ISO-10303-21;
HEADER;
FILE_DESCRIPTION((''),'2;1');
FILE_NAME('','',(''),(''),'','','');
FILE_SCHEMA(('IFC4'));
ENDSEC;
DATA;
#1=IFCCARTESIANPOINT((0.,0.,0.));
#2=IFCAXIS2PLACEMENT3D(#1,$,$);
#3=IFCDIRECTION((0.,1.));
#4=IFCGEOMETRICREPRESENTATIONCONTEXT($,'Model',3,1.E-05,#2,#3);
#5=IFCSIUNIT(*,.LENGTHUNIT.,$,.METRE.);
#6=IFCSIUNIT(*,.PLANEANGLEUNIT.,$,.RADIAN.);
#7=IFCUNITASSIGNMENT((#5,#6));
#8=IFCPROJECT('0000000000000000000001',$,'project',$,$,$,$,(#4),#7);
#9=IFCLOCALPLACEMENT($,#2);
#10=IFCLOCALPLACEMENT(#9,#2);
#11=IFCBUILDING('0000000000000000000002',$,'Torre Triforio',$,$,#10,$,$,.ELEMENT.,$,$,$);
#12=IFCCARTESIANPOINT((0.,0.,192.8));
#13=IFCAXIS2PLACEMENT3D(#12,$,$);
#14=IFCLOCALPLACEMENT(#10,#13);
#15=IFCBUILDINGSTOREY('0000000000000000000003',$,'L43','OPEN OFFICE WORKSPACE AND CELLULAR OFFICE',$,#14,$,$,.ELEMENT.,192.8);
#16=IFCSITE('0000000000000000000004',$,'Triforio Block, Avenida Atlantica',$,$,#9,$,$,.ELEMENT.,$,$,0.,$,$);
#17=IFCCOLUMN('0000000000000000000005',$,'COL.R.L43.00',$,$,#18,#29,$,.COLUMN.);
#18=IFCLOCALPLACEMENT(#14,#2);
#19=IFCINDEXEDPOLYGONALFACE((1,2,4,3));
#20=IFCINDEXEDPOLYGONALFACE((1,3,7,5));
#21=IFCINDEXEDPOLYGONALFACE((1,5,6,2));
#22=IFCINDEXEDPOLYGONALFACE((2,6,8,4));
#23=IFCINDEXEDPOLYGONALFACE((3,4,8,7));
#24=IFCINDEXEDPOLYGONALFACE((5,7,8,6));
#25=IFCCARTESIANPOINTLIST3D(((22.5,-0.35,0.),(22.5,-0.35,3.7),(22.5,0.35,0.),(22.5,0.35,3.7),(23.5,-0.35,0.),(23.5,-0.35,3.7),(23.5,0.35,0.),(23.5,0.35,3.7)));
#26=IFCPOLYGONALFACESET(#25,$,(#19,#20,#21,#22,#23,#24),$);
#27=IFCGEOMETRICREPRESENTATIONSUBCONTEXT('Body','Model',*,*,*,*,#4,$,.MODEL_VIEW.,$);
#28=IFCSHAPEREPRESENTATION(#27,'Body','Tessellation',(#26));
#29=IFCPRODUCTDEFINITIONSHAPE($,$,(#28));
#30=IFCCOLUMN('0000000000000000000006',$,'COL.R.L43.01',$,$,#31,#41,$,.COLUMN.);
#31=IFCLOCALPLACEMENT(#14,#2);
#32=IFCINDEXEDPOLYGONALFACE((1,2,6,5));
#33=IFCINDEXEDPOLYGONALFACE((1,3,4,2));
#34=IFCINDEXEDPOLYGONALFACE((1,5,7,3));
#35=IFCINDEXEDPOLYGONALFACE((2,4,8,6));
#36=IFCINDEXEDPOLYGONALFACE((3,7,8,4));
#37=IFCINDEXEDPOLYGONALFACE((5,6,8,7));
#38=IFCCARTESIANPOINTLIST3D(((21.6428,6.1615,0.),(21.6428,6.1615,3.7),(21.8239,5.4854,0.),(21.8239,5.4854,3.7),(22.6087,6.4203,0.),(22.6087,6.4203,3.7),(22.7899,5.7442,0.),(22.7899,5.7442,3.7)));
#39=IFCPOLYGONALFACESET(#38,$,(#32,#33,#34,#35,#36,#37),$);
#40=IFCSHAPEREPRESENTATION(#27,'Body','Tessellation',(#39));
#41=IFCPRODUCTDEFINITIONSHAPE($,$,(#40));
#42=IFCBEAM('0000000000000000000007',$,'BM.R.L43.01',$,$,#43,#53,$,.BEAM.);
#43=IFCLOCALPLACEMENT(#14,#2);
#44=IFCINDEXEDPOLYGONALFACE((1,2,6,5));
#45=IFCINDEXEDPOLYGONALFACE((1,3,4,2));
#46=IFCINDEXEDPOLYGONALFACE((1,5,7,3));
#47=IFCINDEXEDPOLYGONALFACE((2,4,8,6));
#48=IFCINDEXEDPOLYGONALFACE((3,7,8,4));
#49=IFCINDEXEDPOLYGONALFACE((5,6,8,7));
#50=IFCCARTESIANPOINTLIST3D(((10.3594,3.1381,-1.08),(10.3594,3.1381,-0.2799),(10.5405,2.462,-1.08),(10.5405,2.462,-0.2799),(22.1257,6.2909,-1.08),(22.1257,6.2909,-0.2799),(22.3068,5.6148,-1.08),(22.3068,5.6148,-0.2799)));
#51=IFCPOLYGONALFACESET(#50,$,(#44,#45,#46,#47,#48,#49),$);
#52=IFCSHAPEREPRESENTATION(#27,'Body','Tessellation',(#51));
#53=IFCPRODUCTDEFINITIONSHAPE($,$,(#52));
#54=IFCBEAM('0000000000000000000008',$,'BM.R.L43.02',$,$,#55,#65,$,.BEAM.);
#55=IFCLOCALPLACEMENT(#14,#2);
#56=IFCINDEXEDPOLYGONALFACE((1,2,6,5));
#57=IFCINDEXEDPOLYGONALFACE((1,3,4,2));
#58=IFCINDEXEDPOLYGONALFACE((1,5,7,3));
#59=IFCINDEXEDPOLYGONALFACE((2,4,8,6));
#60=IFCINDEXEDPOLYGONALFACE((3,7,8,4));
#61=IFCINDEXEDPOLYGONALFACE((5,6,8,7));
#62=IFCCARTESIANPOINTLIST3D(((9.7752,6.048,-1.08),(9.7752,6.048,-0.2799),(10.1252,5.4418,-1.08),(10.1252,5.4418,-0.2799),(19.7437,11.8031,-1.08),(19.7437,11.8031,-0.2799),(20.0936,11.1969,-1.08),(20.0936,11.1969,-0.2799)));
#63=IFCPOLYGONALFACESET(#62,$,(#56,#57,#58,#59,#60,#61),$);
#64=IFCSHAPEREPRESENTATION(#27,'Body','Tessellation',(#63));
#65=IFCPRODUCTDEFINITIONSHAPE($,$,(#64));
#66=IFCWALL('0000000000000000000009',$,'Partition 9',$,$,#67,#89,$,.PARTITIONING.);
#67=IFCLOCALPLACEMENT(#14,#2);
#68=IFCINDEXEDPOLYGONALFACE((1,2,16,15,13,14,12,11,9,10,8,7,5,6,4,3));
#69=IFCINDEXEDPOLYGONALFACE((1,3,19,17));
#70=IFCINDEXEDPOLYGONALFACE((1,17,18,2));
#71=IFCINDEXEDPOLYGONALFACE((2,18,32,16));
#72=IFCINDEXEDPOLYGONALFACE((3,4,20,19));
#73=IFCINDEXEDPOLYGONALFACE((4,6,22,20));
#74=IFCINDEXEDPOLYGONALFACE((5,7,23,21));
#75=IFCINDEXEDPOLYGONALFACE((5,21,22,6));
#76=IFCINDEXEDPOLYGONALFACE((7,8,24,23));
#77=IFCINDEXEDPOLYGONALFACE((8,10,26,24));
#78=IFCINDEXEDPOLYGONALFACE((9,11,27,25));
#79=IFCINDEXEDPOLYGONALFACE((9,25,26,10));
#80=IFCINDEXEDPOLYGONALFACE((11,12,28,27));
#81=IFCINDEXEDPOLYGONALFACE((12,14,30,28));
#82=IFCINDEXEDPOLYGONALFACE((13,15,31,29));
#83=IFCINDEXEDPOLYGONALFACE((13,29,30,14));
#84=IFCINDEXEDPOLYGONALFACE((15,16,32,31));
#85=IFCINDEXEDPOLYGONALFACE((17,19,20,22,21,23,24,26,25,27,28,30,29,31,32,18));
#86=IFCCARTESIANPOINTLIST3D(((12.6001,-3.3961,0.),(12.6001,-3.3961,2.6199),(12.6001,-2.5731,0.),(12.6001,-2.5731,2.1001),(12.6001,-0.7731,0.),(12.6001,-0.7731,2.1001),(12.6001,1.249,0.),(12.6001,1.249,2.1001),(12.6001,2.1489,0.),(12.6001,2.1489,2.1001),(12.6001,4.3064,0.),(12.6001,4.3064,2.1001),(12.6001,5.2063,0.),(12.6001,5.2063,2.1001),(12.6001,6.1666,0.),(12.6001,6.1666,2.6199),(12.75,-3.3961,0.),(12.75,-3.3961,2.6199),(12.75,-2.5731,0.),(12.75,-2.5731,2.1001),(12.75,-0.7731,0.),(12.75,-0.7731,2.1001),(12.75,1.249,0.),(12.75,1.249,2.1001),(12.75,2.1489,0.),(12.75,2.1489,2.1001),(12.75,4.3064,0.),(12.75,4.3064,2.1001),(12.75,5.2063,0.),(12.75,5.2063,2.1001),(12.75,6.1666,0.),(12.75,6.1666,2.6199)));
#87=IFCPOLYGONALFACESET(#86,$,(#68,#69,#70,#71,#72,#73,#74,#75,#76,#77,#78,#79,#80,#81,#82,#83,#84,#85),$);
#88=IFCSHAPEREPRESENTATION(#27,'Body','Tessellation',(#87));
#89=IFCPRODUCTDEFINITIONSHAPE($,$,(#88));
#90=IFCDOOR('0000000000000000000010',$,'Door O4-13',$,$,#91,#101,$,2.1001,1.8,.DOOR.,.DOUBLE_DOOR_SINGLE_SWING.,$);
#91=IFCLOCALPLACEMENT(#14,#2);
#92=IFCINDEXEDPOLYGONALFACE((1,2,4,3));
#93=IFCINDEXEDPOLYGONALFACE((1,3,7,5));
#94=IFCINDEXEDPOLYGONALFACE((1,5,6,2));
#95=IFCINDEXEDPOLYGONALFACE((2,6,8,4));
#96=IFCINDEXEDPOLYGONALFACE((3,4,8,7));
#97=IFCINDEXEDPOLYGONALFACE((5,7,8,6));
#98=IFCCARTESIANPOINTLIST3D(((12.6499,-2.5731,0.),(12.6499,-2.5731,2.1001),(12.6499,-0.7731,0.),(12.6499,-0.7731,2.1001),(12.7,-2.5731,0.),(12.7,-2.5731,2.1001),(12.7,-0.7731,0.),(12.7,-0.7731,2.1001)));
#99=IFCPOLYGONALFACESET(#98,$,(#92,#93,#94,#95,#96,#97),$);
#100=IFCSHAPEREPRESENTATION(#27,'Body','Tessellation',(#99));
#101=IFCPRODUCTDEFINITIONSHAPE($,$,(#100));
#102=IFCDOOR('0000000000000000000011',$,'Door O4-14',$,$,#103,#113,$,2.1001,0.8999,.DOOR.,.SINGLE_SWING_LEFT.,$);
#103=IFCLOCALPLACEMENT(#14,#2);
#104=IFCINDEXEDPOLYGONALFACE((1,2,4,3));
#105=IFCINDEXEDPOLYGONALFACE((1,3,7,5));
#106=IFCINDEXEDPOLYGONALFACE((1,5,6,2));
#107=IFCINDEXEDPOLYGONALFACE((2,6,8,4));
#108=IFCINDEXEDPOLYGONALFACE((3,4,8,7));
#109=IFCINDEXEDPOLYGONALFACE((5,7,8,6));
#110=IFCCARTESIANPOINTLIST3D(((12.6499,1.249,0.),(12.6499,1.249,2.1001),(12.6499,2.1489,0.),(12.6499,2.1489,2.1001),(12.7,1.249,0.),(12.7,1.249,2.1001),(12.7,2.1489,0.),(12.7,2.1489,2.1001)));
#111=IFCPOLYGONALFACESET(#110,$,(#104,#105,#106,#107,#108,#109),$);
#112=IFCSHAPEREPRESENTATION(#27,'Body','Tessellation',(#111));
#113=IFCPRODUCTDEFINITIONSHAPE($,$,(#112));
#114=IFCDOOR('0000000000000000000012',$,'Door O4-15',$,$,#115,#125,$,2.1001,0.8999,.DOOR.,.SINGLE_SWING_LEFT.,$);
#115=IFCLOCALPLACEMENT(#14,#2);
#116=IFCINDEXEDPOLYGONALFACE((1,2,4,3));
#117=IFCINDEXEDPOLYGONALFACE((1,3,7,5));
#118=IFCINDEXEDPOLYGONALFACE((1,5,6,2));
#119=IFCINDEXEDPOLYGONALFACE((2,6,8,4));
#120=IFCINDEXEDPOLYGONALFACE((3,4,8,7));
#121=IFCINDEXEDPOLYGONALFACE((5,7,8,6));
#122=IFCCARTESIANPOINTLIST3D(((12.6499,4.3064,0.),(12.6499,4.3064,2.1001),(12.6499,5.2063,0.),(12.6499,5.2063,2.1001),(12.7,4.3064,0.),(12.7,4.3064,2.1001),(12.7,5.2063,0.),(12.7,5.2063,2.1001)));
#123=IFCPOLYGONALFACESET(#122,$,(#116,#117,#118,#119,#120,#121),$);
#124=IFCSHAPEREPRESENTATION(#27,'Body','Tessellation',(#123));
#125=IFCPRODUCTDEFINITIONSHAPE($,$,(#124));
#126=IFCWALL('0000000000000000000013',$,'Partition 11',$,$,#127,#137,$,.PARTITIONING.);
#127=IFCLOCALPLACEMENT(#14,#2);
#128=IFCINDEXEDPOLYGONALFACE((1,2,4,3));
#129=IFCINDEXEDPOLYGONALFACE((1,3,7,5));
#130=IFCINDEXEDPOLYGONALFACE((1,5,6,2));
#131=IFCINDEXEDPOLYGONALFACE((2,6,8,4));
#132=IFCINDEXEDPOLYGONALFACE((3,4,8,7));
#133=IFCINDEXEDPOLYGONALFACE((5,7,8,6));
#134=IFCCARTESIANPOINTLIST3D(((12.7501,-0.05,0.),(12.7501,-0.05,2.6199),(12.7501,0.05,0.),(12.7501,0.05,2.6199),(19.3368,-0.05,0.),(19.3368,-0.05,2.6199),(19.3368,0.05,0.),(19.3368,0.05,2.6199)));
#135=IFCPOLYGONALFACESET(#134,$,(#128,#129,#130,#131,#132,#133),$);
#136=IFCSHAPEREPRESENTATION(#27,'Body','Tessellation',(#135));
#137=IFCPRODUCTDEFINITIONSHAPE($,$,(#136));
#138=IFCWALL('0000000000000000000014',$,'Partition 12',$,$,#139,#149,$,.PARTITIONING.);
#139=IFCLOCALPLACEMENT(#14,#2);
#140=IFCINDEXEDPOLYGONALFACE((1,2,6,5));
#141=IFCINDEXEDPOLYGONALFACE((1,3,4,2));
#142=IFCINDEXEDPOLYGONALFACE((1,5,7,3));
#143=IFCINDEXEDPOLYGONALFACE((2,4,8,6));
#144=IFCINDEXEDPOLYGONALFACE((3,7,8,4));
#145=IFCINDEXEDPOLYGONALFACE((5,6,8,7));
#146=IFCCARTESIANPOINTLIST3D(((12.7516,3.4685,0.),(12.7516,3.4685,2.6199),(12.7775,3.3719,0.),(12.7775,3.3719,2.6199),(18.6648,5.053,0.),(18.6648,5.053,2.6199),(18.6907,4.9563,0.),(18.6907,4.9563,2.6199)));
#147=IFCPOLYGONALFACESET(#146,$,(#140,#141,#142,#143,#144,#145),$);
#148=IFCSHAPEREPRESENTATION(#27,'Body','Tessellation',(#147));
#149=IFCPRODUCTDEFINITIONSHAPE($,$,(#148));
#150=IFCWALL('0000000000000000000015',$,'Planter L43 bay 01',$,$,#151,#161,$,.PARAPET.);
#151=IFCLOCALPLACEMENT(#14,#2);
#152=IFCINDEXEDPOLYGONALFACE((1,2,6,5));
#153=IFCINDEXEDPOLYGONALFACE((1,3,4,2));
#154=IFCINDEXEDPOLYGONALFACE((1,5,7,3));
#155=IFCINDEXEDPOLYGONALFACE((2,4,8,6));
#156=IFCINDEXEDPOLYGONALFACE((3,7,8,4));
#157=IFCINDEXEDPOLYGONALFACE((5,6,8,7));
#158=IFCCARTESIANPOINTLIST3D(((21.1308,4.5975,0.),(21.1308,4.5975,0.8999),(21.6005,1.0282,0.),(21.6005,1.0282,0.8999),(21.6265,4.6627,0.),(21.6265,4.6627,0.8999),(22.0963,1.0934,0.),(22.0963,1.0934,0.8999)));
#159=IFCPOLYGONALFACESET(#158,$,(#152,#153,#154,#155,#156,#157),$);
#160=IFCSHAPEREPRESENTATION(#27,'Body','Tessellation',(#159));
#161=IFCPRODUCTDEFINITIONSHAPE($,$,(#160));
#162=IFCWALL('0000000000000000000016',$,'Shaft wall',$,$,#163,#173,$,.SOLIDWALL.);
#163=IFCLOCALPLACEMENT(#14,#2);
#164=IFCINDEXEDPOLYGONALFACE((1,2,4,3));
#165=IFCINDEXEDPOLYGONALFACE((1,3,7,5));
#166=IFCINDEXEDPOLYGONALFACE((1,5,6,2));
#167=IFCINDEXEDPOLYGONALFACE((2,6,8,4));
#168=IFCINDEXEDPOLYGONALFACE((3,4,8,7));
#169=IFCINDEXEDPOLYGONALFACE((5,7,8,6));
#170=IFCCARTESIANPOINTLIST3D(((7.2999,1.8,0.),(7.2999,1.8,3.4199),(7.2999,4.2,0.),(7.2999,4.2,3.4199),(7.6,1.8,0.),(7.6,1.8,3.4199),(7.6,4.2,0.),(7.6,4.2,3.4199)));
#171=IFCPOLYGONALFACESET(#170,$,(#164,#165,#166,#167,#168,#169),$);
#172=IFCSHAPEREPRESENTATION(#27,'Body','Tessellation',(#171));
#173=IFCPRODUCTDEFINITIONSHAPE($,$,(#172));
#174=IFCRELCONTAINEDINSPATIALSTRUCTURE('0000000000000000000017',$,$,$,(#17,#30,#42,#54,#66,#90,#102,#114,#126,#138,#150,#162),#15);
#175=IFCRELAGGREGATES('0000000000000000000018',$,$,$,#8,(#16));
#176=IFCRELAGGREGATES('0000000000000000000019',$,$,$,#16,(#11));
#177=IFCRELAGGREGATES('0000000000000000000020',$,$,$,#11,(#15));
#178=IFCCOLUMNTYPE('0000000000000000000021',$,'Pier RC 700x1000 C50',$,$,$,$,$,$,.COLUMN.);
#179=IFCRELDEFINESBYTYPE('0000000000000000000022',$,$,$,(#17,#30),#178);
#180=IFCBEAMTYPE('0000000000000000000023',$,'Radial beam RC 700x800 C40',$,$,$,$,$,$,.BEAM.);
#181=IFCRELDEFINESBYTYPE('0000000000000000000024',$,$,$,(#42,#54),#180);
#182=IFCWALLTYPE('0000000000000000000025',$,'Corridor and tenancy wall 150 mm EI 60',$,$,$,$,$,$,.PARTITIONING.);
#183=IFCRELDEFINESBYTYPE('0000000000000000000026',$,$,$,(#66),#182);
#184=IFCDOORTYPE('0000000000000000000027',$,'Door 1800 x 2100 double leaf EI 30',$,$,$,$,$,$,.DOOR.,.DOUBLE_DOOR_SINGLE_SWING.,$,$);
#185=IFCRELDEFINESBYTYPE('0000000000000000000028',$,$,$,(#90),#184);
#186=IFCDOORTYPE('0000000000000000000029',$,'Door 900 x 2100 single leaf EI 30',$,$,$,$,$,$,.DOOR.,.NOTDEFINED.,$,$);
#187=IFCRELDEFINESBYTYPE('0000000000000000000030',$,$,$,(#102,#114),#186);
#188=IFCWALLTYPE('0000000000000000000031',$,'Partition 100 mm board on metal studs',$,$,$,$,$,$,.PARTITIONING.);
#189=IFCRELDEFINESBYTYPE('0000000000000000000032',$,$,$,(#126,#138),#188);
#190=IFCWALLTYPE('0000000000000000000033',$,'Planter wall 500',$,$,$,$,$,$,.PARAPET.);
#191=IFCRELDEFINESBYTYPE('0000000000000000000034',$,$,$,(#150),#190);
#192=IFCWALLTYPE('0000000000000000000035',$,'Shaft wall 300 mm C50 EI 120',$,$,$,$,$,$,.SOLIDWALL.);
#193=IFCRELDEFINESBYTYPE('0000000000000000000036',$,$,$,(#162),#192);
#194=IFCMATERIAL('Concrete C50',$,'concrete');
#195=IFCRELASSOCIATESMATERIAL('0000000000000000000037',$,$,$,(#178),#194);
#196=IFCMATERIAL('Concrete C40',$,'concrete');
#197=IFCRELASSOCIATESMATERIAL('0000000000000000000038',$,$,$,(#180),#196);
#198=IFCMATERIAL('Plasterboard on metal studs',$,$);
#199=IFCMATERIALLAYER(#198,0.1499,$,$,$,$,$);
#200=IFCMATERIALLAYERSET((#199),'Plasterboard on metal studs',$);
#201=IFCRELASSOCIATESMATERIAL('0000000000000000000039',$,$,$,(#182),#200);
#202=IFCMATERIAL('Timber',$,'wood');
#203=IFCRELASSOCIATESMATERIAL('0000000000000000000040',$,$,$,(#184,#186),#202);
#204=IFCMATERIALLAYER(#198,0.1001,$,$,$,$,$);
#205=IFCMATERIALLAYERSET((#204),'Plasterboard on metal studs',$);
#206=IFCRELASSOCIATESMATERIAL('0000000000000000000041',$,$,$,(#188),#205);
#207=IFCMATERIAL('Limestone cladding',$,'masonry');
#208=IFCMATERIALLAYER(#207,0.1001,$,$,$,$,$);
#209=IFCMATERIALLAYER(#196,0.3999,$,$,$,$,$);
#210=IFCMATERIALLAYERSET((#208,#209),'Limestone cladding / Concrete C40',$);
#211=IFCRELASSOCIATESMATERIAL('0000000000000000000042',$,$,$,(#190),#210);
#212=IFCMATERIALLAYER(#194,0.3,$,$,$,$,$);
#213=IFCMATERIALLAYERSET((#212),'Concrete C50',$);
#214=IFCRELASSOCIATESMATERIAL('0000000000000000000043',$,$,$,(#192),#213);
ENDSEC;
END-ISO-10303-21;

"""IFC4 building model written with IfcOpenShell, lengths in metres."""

from ifc_helpers import new_model, si_unit, direction, frame, frame_2d, origin, origin_2d, place, context, subcontext, project, spatial, rectangle, extrude, material, layer, layer_set, material_profile, profile_set, type_object, element, fill, save


model = new_model("IFC4")

# Units and contexts
model_context = context("Model", 3, precision=1e-05, world=origin(), true_north=direction((0.0, 1.0)))
body_context = subcontext(model_context, "Body", "Model", "MODEL_VIEW")
ifc_project = project(units=[si_unit("LENGTHUNIT", "METRE"), si_unit("PLANEANGLEUNIT", "RADIAN")], contexts=[model_context])

# Site, building, storey
site_placement = place(None, origin())
site = spatial("IfcSite", under=ifc_project, at=site_placement, Name="Triforio Block, Avenida Atlantica", CompositionType="ELEMENT", RefElevation=0.0)
building_placement = place(site_placement, origin())
building = spatial("IfcBuilding", under=site, at=building_placement, Name="Torre Triforio", CompositionType="ELEMENT")
storey_placement = place(building_placement, frame((0.0, 0.0, 192.8)))
storey = spatial("IfcBuildingStorey", under=building, at=storey_placement, Name="L43", Description="OPEN OFFICE WORKSPACE AND CELLULAR OFFICE", CompositionType="ELEMENT", Elevation=192.8)

# Columns
ifc_material_1 = material(Name="Concrete C50", Category="concrete")
ifc_material_profile_1 = material_profile(ifc_material_1, rectangle(XDim=0.7, YDim=1.0, at=origin_2d()), Name="RC 700x1000")
ifc_profile_set_1 = profile_set([ifc_material_profile_1], Name="Concrete C50")
column_type = type_object("IfcColumnType", Name="Pier RC 700x1000 C50", PredefinedType="COLUMN", material=ifc_profile_set_1)
for number, where, z_axis, x_axis, name in (
    (1, (23.0, 0.0, 0.0), (0.0, 0.0, 1.0), (0.0, 1.0, 0.0), "COL.R.L43.00"),
    (2, (22.2163, 5.9529, 0.0), (0.0, 0.0, 1.0), (-0.258819, 0.965926, 0.0), "COL.R.L43.01"),
):
    element("IfcColumn", number, at=place(storey_placement, frame(where, z_axis=z_axis, x_axis=x_axis)), inside=storey, type_object=column_type, Name=name, PredefinedType="COLUMN", context=body_context, shape_type="SweptSolid", body=[
        extrude(rectangle(XDim=0.7, YDim=1.0, at=origin_2d()), origin(), (0.0, 0.0, 1.0), 3.7),
    ])

# Beams
ifc_material_2 = material(Name="Concrete C40", Category="concrete")
ifc_material_profile_2 = material_profile(ifc_material_2, rectangle(XDim=0.7, YDim=0.8, at=origin_2d()), Name="RC 700x800")
ifc_profile_set_2 = profile_set([ifc_material_profile_2], Name="Concrete C40")
beam_type = type_object("IfcBeamType", Name="Radial beam RC 700x800 C40", PredefinedType="BEAM", material=ifc_profile_set_2)
beam_1_placement = place(storey_placement, frame((10.45, 2.8, -0.6799), z_axis=(0.965925, 0.258823, 0.0), x_axis=(-0.258823, 0.965925, 0.0)))
element("IfcBeam", 3, at=beam_1_placement, inside=storey, type_object=beam_type, Name="BM.R.L43.01", PredefinedType="BEAM", context=body_context, shape_type="SweptSolid", body=[
    extrude(rectangle(XDim=0.7, YDim=0.8, at=origin_2d()), origin(), (0.0, 0.0, 1.0), 12.1814),
])
beam_2_placement = place(storey_placement, frame((9.9502, 5.7449, -0.6799), z_axis=(0.866033, 0.499987, 0.0), x_axis=(-0.499987, 0.866033, 0.0)))
element("IfcBeam", 4, at=beam_2_placement, inside=storey, type_object=beam_type, Name="BM.R.L43.02", PredefinedType="BEAM", context=body_context, shape_type="SweptSolid", body=[
    extrude(rectangle(XDim=0.7, YDim=0.8, at=origin_2d()), origin(), (0.0, 0.0, 1.0), 11.5105),
])

# Wall, openings, doors
ifc_material_3 = material(Name="Plasterboard on metal studs")
ifc_layer_1 = layer(ifc_material_3, 0.1499)
ifc_layer_set_1 = layer_set([ifc_layer_1], Name="Plasterboard on metal studs")
wall_type_1 = type_object("IfcWallType", Name="Corridor and tenancy wall 150 mm EI 60", PredefinedType="PARTITIONING", material=ifc_layer_set_1)
wall_1_placement = place(storey_placement, frame((12.675, 6.1665, 0.0), z_axis=(0.0, 0.0, 1.0), x_axis=(0.0, -1.0, 0.0)))
wall_1 = element("IfcWall", 5, at=wall_1_placement, inside=storey, type_object=wall_type_1, Name="Partition 9", PredefinedType="PARTITIONING", context=body_context, shape_type="SweptSolid", body=[
    extrude(rectangle(XDim=9.5627, YDim=0.1499, at=frame_2d((4.7812, 0.0))), origin(), (0.0, 0.0, 1.0), 2.6199),
])
opening_1_placement = place(wall_1_placement, frame((6.9397, 0.0, 0.0)))
opening_1 = element("IfcOpeningElement", 6, at=opening_1_placement, cuts=wall_1, PredefinedType="OPENING", context=body_context, shape_type="SweptSolid", body=[
    extrude(rectangle(XDim=1.8, YDim=2.1001, at=frame_2d((0.8999, 1.05))), frame((0.0, 0.085, 0.0), z_axis=(0.0, -1.0, 0.0), x_axis=(1.0, 0.0, 0.0)), (0.0, 0.0, 1.0), 0.1699),
])
opening_2_placement = place(wall_1_placement, frame((4.0176, 0.0, 0.0)))
opening_2 = element("IfcOpeningElement", 7, at=opening_2_placement, cuts=wall_1, PredefinedType="OPENING", context=body_context, shape_type="SweptSolid", body=[
    extrude(rectangle(XDim=0.8999, YDim=2.1001, at=frame_2d((0.45, 1.05))), frame((0.0, 0.085, 0.0), z_axis=(0.0, -1.0, 0.0), x_axis=(1.0, 0.0, 0.0)), (0.0, 0.0, 1.0), 0.1699),
])
opening_3_placement = place(wall_1_placement, frame((0.9602, 0.0, 0.0)))
opening_3 = element("IfcOpeningElement", 8, at=opening_3_placement, cuts=wall_1, PredefinedType="OPENING", context=body_context, shape_type="SweptSolid", body=[
    extrude(rectangle(XDim=0.8999, YDim=2.1001, at=frame_2d((0.45, 1.05))), frame((0.0, 0.085, 0.0), z_axis=(0.0, -1.0, 0.0), x_axis=(1.0, 0.0, 0.0)), (0.0, 0.0, 1.0), 0.1699),
])
ifc_material_4 = material(Name="Timber", Category="wood")
door_type_1 = type_object("IfcDoorType", Name="Door 1800 x 2100 double leaf EI 30", OperationType="DOUBLE_DOOR_SINGLE_SWING", PredefinedType="DOOR", material=ifc_material_4)
door_1_placement = place(opening_1_placement, origin())
door_1 = element("IfcDoor", 9, at=door_1_placement, inside=storey, type_object=door_type_1, Name="Door O4-13", OperationType="DOUBLE_DOOR_SINGLE_SWING", OverallHeight=2.1001, OverallWidth=1.8, PredefinedType="DOOR", context=body_context, shape_type="SweptSolid", body=[
    extrude(rectangle(XDim=1.8, YDim=2.1001, at=frame_2d((0.8999, 1.05))), frame((0.0, 0.0249, 0.0), z_axis=(0.0, -1.0, 0.0), x_axis=(1.0, 0.0, 0.0)), (0.0, 0.0, 1.0), 0.05),
])
fill(opening_1, door_1)
door_type_2 = type_object("IfcDoorType", Name="Door 900 x 2100 single leaf EI 30", OperationType="NOTDEFINED", PredefinedType="DOOR", material=ifc_material_4)
door_2_placement = place(opening_2_placement, origin())
door_2 = element("IfcDoor", 10, at=door_2_placement, inside=storey, type_object=door_type_2, Name="Door O4-14", OperationType="SINGLE_SWING_LEFT", OverallHeight=2.1001, OverallWidth=0.8999, PredefinedType="DOOR", context=body_context, shape_type="SweptSolid", body=[
    extrude(rectangle(XDim=0.8999, YDim=2.1001, at=frame_2d((0.45, 1.05))), frame((0.0, 0.0249, 0.0), z_axis=(0.0, -1.0, 0.0), x_axis=(1.0, 0.0, 0.0)), (0.0, 0.0, 1.0), 0.05),
])
fill(opening_2, door_2)
door_3_placement = place(opening_3_placement, origin())
door_3 = element("IfcDoor", 11, at=door_3_placement, inside=storey, type_object=door_type_2, Name="Door O4-15", OperationType="SINGLE_SWING_LEFT", OverallHeight=2.1001, OverallWidth=0.8999, PredefinedType="DOOR", context=body_context, shape_type="SweptSolid", body=[
    extrude(rectangle(XDim=0.8999, YDim=2.1001, at=frame_2d((0.45, 1.05))), frame((0.0, 0.0249, 0.0), z_axis=(0.0, -1.0, 0.0), x_axis=(1.0, 0.0, 0.0)), (0.0, 0.0, 1.0), 0.05),
])
fill(opening_3, door_3)

# Walls
ifc_layer_2 = layer(ifc_material_3, 0.1001)
ifc_layer_set_2 = layer_set([ifc_layer_2], Name="Plasterboard on metal studs")
wall_type_2 = type_object("IfcWallType", Name="Partition 100 mm board on metal studs", PredefinedType="PARTITIONING", material=ifc_layer_set_2)
wall_2_placement = place(storey_placement, frame((12.75, 0.0, 0.0), z_axis=(0.0, 0.0, 1.0), x_axis=(1.0, 0.0, 0.0)))
element("IfcWall", 12, at=wall_2_placement, inside=storey, type_object=wall_type_2, Name="Partition 11", PredefinedType="PARTITIONING", context=body_context, shape_type="SweptSolid", body=[
    extrude(rectangle(XDim=6.5867, YDim=0.1001, at=frame_2d((3.2935, 0.0))), origin(), (0.0, 0.0, 1.0), 2.6199),
])
wall_3_placement = place(storey_placement, frame((12.7644, 3.4202, 0.0), z_axis=(0.0, 0.0, 1.0), x_axis=(0.965926, 0.258819, 0.0)))
element("IfcWall", 13, at=wall_3_placement, inside=storey, type_object=wall_type_2, Name="Partition 12", PredefinedType="PARTITIONING", context=body_context, shape_type="SweptSolid", body=[
    extrude(rectangle(XDim=6.1218, YDim=0.1001, at=frame_2d((3.061, 0.0))), origin(), (0.0, 0.0, 1.0), 2.6199),
])
ifc_material_5 = material(Name="Limestone cladding", Category="masonry")
ifc_layer_3 = layer(ifc_material_5, 0.1001)
ifc_layer_4 = layer(ifc_material_2, 0.3999)
ifc_layer_set_3 = layer_set([ifc_layer_3, ifc_layer_4], Name="Limestone cladding / Concrete C40")
wall_type_3 = type_object("IfcWallType", Name="Planter wall 500", PredefinedType="PARAPET", material=ifc_layer_set_3)
wall_4_placement = place(storey_placement, frame((21.8484, 1.0608, 0.0), z_axis=(0.0, 0.0, 1.0), x_axis=(-0.130476, 0.991452, 0.0)))
element("IfcWall", 14, at=wall_4_placement, inside=storey, type_object=wall_type_3, Name="Planter L43 bay 01", PredefinedType="PARAPET", context=body_context, shape_type="SweptSolid", body=[
    extrude(rectangle(XDim=3.6001, YDim=0.5, at=frame_2d((1.8, 0.0))), origin(), (0.0, 0.0, 1.0), 0.8999),
])
ifc_layer_5 = layer(ifc_material_1, 0.3)
ifc_layer_set_4 = layer_set([ifc_layer_5], Name="Concrete C50")
wall_type_4 = type_object("IfcWallType", Name="Shaft wall 300 mm C50 EI 120", PredefinedType="SOLIDWALL", material=ifc_layer_set_4)
wall_5_placement = place(storey_placement, frame((7.45, 1.8, 0.0), z_axis=(0.0, 0.0, 1.0), x_axis=(0.0, 1.0, 0.0)))
element("IfcWall", 15, at=wall_5_placement, inside=storey, type_object=wall_type_4, Name="Shaft wall", PredefinedType="SOLIDWALL", context=body_context, shape_type="SweptSolid", body=[
    extrude(rectangle(XDim=2.3999, YDim=0.3, at=frame_2d((1.2, 0.0))), origin(), (0.0, 0.0, 1.0), 3.4199),
])

save(model, "model.ifc")
